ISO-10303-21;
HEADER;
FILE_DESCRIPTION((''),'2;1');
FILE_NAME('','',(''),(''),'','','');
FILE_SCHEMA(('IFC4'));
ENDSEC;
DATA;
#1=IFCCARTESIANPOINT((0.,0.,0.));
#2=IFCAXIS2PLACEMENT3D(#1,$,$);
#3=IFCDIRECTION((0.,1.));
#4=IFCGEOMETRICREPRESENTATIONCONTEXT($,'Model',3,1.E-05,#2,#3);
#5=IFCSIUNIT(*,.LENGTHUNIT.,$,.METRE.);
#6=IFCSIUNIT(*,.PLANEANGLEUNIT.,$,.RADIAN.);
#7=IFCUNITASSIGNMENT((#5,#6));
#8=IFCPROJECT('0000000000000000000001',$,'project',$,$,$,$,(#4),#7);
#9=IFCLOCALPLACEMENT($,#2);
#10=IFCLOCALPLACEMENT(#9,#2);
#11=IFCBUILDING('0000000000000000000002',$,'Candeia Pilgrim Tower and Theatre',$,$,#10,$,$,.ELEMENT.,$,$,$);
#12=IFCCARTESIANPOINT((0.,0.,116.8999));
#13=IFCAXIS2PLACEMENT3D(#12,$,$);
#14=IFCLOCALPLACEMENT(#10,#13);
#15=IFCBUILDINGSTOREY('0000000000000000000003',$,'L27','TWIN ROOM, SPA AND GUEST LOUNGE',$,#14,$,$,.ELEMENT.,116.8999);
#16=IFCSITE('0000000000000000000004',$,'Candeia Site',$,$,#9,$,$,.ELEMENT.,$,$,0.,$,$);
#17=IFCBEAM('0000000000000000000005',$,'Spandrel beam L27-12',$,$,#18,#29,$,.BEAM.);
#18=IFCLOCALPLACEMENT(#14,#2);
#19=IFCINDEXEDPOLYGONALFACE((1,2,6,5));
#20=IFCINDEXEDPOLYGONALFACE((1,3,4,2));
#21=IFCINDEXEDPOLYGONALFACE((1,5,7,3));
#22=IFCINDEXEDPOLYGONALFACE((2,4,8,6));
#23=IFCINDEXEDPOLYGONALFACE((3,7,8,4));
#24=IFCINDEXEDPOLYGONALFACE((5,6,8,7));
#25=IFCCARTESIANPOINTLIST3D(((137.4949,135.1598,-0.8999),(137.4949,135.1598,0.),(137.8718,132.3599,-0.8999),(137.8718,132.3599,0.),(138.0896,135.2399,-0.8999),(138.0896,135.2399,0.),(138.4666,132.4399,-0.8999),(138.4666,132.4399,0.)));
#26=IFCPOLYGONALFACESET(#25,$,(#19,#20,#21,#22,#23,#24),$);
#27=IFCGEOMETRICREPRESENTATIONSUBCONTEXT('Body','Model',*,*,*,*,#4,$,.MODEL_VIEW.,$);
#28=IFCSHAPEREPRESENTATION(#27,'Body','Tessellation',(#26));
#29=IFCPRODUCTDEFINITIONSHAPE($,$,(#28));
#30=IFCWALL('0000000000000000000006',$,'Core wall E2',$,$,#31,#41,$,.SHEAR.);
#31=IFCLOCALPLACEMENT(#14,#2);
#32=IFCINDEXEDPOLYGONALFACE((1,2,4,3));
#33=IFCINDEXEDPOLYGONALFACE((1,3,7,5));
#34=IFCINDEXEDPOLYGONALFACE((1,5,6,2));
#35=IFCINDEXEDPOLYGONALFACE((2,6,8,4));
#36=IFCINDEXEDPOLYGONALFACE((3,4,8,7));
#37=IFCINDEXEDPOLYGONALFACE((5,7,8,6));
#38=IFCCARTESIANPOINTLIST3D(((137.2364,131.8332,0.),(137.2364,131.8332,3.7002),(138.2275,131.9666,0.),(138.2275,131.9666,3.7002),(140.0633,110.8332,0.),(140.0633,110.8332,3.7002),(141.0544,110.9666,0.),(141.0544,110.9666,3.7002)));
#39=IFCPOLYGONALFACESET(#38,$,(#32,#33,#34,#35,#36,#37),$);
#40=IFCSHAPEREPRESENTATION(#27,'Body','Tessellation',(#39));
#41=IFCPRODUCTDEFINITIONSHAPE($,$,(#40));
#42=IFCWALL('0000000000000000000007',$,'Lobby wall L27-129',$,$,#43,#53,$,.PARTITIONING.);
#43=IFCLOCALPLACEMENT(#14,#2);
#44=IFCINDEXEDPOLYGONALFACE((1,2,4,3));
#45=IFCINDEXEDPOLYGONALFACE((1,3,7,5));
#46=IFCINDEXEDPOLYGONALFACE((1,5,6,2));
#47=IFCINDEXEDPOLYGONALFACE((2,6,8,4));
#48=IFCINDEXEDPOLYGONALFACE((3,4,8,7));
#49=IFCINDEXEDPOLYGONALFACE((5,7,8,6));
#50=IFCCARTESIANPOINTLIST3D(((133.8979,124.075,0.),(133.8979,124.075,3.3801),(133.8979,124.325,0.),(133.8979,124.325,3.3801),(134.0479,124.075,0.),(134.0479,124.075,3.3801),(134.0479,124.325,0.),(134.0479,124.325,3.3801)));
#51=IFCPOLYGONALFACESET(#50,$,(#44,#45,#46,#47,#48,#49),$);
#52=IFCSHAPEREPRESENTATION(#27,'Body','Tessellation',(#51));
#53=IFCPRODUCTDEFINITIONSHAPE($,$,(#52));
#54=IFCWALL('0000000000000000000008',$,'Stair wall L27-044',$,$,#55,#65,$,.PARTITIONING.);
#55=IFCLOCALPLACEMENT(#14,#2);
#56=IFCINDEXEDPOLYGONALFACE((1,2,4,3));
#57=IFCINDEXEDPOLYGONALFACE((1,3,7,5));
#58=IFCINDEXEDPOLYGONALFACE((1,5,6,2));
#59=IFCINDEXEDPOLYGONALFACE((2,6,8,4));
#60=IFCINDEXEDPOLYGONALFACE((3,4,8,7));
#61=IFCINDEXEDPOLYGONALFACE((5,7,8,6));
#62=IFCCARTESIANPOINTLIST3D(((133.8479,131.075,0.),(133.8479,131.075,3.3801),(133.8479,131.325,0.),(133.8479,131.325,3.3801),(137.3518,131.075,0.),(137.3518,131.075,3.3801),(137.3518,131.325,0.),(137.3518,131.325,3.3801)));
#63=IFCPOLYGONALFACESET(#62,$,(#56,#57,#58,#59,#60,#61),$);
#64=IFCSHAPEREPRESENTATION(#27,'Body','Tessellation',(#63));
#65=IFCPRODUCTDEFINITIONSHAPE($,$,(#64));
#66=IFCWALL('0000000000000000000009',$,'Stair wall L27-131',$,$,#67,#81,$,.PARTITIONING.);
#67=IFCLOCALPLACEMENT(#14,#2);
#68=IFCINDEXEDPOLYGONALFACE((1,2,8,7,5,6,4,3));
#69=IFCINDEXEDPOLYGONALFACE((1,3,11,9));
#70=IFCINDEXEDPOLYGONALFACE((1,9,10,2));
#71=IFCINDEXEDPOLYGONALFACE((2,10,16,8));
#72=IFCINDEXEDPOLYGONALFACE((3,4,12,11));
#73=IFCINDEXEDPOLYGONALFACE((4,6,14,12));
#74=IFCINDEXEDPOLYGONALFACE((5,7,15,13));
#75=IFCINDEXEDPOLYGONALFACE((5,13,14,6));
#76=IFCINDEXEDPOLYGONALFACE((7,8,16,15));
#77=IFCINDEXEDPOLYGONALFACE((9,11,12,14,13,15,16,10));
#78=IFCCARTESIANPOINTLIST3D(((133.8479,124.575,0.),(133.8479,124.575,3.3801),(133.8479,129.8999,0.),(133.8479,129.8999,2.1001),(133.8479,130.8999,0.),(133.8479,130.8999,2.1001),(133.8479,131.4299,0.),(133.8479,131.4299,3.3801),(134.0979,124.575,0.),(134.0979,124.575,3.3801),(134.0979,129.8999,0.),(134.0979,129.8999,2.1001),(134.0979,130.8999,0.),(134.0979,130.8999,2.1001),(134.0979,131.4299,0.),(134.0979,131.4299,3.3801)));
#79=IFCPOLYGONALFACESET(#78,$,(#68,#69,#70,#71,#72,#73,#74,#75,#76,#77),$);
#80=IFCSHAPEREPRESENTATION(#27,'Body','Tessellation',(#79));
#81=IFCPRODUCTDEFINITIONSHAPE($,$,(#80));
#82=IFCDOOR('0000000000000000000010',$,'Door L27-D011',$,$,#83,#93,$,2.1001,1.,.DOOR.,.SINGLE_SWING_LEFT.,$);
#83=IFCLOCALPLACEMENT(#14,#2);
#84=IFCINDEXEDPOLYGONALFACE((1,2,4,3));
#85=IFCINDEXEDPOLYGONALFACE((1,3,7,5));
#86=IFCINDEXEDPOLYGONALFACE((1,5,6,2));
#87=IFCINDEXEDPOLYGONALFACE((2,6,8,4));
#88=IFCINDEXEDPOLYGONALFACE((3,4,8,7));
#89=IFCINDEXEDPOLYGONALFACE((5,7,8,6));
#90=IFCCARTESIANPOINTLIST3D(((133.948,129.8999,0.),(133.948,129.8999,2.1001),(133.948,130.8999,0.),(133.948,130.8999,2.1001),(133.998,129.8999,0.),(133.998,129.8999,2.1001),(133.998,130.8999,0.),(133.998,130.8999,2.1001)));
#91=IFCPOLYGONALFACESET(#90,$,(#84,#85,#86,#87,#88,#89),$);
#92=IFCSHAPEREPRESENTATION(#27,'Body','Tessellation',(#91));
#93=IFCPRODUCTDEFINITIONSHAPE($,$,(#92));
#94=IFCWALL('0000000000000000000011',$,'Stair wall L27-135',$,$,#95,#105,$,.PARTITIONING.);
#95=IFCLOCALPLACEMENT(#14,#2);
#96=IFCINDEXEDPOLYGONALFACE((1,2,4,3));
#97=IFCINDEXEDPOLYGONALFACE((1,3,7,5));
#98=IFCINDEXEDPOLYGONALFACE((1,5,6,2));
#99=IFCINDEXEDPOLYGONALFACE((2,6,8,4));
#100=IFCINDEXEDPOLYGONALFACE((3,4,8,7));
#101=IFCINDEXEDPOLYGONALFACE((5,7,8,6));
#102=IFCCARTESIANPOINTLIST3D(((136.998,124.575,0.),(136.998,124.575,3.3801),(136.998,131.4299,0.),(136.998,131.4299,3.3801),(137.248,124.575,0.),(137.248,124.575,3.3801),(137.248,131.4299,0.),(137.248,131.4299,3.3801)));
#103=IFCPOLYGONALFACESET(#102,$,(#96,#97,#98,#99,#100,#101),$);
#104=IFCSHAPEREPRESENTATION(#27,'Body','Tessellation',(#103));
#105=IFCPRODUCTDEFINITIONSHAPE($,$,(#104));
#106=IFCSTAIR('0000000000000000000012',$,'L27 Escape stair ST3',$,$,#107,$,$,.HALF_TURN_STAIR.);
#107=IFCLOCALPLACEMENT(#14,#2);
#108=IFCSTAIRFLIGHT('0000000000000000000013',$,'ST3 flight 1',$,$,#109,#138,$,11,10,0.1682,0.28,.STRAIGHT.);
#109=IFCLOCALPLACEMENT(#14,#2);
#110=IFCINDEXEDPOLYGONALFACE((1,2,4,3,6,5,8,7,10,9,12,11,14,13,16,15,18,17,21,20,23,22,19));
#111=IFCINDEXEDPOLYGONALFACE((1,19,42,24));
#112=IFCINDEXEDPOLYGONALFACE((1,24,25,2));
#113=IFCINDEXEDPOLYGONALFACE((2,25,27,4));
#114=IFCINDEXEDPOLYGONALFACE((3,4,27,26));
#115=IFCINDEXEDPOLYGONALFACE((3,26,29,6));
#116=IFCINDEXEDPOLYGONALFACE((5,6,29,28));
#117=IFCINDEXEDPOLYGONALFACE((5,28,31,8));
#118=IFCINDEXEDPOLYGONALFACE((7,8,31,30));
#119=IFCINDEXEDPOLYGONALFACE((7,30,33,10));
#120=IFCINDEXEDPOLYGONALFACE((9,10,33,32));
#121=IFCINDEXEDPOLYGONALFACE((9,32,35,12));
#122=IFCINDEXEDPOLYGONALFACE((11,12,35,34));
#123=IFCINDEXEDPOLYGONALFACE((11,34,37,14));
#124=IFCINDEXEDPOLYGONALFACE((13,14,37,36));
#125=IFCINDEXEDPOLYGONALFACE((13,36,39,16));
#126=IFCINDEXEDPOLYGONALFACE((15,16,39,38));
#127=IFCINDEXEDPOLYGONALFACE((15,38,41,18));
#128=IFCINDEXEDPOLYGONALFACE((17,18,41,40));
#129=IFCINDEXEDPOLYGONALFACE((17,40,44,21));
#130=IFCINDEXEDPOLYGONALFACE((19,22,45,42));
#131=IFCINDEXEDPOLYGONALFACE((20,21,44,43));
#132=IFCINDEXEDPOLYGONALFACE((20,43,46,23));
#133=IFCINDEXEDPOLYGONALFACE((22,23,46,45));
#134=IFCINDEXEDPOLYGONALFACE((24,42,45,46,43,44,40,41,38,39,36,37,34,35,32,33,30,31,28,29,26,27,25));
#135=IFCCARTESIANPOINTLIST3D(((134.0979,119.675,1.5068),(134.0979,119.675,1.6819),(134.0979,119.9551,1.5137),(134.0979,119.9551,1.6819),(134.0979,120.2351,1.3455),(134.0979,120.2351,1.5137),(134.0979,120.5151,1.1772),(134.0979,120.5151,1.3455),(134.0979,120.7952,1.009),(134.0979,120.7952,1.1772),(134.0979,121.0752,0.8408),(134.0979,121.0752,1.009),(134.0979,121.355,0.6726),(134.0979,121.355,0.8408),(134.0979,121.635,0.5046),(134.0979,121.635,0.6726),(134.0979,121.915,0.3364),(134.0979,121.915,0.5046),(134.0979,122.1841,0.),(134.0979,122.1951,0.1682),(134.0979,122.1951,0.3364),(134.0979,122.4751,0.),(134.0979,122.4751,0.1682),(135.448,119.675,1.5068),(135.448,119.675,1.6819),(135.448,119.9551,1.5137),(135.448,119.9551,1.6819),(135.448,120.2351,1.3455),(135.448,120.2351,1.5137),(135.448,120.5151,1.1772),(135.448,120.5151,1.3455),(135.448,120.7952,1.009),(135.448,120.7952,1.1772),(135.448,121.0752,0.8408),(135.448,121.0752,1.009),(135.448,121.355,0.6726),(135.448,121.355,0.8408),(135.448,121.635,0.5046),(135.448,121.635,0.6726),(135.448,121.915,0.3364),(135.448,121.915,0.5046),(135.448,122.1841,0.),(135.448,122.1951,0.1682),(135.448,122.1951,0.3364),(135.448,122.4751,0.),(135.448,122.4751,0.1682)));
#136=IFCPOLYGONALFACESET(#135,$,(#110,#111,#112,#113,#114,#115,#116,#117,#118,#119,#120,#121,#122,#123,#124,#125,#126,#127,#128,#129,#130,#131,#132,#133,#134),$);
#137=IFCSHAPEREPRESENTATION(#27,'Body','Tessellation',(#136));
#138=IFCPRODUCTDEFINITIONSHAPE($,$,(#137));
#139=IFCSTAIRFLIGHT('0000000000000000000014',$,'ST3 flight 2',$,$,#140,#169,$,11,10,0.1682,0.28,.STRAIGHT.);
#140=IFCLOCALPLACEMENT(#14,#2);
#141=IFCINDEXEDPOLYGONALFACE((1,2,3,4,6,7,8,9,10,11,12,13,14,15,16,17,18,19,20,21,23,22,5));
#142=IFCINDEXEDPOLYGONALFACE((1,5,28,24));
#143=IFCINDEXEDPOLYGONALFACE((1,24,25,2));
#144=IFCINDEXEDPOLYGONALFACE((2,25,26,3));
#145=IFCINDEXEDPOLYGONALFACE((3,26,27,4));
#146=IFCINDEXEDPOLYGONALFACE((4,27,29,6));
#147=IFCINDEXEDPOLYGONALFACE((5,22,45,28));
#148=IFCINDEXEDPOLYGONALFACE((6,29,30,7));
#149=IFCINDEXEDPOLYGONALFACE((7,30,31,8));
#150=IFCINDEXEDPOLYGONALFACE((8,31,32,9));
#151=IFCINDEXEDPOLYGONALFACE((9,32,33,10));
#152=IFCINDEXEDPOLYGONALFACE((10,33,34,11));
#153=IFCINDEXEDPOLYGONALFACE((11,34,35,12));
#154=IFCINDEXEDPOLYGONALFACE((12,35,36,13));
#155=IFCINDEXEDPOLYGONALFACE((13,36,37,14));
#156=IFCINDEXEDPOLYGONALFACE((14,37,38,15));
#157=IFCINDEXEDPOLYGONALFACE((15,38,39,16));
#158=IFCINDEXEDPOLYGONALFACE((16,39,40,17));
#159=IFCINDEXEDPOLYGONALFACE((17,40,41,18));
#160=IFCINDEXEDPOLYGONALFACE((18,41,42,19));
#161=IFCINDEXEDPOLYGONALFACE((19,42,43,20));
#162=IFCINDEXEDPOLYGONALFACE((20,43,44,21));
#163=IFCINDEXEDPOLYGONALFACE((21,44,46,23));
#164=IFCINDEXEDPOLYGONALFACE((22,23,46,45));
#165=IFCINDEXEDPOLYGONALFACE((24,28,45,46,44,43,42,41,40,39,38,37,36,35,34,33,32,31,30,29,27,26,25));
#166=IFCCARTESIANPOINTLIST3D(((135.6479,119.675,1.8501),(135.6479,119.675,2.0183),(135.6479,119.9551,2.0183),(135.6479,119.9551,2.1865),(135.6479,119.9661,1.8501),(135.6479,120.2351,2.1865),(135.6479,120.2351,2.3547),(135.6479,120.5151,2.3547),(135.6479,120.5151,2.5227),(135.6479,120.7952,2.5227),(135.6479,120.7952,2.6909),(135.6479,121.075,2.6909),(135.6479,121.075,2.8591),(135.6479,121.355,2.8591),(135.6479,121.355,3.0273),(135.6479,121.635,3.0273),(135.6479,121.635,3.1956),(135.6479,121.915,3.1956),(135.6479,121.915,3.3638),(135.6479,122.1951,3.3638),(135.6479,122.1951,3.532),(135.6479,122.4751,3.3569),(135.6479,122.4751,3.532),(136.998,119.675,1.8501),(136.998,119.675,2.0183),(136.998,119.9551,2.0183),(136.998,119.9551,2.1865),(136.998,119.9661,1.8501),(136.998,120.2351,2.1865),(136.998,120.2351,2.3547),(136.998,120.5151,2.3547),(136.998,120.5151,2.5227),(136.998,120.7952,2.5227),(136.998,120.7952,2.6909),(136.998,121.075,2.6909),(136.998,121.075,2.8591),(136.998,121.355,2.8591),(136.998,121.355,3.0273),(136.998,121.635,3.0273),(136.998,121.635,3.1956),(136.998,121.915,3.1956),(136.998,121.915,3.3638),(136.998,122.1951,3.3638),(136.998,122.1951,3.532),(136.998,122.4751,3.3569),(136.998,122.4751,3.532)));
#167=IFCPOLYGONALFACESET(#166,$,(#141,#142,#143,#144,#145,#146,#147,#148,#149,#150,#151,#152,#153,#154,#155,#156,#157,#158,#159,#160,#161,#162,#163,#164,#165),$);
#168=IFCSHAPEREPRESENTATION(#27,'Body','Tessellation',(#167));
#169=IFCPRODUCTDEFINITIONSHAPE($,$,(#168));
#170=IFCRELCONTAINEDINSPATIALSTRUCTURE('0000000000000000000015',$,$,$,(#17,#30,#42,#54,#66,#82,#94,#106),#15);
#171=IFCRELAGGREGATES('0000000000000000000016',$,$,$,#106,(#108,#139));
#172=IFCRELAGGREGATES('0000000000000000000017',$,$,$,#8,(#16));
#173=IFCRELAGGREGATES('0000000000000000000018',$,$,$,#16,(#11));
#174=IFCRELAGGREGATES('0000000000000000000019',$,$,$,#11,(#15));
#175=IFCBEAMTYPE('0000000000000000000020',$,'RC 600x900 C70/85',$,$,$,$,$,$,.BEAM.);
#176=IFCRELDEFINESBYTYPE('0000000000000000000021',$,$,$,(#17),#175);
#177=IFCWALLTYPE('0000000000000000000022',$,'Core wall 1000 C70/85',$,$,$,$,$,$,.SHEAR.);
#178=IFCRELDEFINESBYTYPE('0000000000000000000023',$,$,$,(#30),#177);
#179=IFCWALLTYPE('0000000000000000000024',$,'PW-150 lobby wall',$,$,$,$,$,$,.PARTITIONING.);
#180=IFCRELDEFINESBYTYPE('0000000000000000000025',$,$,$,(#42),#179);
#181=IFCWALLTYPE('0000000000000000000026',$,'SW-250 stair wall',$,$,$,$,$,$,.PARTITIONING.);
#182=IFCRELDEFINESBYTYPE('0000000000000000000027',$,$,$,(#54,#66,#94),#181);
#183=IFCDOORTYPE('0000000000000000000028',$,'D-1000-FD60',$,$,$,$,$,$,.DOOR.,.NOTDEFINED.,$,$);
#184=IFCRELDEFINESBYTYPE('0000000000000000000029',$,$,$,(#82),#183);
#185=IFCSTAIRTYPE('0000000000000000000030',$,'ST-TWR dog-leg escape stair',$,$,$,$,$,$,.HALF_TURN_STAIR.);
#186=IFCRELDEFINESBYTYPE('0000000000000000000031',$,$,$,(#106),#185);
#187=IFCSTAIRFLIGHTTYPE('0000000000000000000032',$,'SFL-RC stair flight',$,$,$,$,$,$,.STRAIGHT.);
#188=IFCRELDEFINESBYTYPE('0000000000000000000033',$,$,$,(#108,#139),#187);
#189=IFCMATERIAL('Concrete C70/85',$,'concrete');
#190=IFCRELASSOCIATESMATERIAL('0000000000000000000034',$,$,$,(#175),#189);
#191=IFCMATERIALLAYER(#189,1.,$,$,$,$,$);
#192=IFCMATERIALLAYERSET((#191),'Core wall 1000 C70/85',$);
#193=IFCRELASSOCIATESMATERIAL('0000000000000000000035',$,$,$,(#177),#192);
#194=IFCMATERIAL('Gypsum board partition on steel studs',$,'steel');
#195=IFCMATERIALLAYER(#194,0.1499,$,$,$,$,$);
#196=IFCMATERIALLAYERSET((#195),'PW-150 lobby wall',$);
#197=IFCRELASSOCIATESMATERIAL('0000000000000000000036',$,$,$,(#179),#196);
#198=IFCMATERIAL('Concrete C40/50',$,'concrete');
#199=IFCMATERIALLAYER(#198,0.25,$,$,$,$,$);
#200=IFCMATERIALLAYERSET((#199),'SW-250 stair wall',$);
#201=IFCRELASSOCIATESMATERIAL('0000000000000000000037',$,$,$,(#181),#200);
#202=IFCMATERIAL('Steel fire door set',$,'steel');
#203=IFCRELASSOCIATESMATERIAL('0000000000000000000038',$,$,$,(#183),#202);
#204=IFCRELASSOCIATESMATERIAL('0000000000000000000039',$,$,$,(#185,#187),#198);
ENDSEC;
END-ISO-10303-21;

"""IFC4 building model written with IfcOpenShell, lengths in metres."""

from ifc_helpers import new_model, si_unit, direction, frame, frame_2d, origin, origin_2d, place, context, subcontext, project, spatial, polyline, rectangle, outline, extrude, material, layer, layer_set, material_profile, profile_set, type_object, element, fill, aggregate, save


model = new_model("IFC4")

# Units and contexts
model_context = context("Model", 3, precision=1e-05, world=origin(), true_north=direction((0.0, 1.0)))
body_context = subcontext(model_context, "Body", "Model", "MODEL_VIEW")
ifc_project = project(units=[si_unit("LENGTHUNIT", "METRE"), si_unit("PLANEANGLEUNIT", "RADIAN")], contexts=[model_context])

# Site, building, storey
site_placement = place(None, origin())
site = spatial("IfcSite", under=ifc_project, at=site_placement, Name="Candeia Site", CompositionType="ELEMENT", RefElevation=0.0)
building_placement = place(site_placement, origin())
building = spatial("IfcBuilding", under=site, at=building_placement, Name="Candeia Pilgrim Tower and Theatre", CompositionType="ELEMENT")
storey_placement = place(building_placement, frame((0.0, 0.0, 116.8999)))
storey = spatial("IfcBuildingStorey", under=building, at=storey_placement, Name="L27", Description="TWIN ROOM, SPA AND GUEST LOUNGE", CompositionType="ELEMENT", Elevation=116.8999)

# Beam
ifc_material_1 = material(Name="Concrete C70/85", Category="concrete")
ifc_material_profile = material_profile(ifc_material_1, rectangle(XDim=0.6001, YDim=0.8999, at=origin_2d()))
ifc_profile_set = profile_set([ifc_material_profile], Name="Concrete C70/85")
beam_type = type_object("IfcBeamType", Name="RC 600x900 C70/85", PredefinedType="BEAM", material=ifc_profile_set)
beam_placement = place(storey_placement, frame((138.1692, 132.3999, -0.45), z_axis=(-0.13342, 0.99106, 0.0), x_axis=(-0.99106, -0.13342, 0.0)))
element("IfcBeam", 1, at=beam_placement, inside=storey, type_object=beam_type, Name="Spandrel beam L27-12", PredefinedType="BEAM", context=body_context, shape_type="SweptSolid", body=[
    extrude(rectangle(XDim=0.6001, YDim=0.8999, at=origin_2d()), origin(), (0.0, 0.0, 1.0), 2.8252),
])

# Wall
ifc_layer_1 = layer(ifc_material_1, 1.0)
ifc_layer_set_1 = layer_set([ifc_layer_1], Name="Core wall 1000 C70/85")
wall_type_1 = type_object("IfcWallType", Name="Core wall 1000 C70/85", PredefinedType="SHEAR", material=ifc_layer_set_1)
wall_1_placement = place(storey_placement, frame((137.7319, 131.8999, 0.0), z_axis=(0.0, 0.0, 1.0), x_axis=(0.133411, -0.991061, 0.0)))
element("IfcWall", 2, at=wall_1_placement, inside=storey, type_object=wall_type_1, Name="Core wall E2", PredefinedType="SHEAR", context=body_context, shape_type="SweptSolid", body=[
    extrude(rectangle(XDim=21.1895, YDim=1.0, at=frame_2d((10.5947, 0.0))), origin(), (0.0, 0.0, 1.0), 3.7002),
])

# Walls
ifc_material_2 = material(Name="Gypsum board partition on steel studs", Category="steel")
ifc_layer_2 = layer(ifc_material_2, 0.1499)
ifc_layer_set_2 = layer_set([ifc_layer_2], Name="PW-150 lobby wall")
wall_type_2 = type_object("IfcWallType", Name="PW-150 lobby wall", PredefinedType="PARTITIONING", material=ifc_layer_set_2)
wall_2_placement = place(storey_placement, frame((133.9729, 124.075, 0.0), z_axis=(0.0, 0.0, 1.0), x_axis=(0.0, 1.0, 0.0)))
element("IfcWall", 3, at=wall_2_placement, inside=storey, type_object=wall_type_2, Name="Lobby wall L27-129", PredefinedType="PARTITIONING", context=body_context, shape_type="SweptSolid", body=[
    extrude(rectangle(XDim=0.25, YDim=0.1499, at=frame_2d((0.125, 0.0))), origin(), (0.0, 0.0, 1.0), 3.3801),
])
ifc_material_3 = material(Name="Concrete C40/50", Category="concrete")
ifc_layer_3 = layer(ifc_material_3, 0.25)
ifc_layer_set_3 = layer_set([ifc_layer_3], Name="SW-250 stair wall")
wall_type_3 = type_object("IfcWallType", Name="SW-250 stair wall", PredefinedType="PARTITIONING", material=ifc_layer_set_3)
wall_3_placement = place(storey_placement, frame((133.8479, 131.2, 0.0), z_axis=(0.0, 0.0, 1.0), x_axis=(1.0, 0.0, 0.0)))
element("IfcWall", 4, at=wall_3_placement, inside=storey, type_object=wall_type_3, Name="Stair wall L27-044", PredefinedType="PARTITIONING", context=body_context, shape_type="SweptSolid", body=[
    extrude(rectangle(XDim=3.5039, YDim=0.25, at=frame_2d((1.752, 0.0))), origin(), (0.0, 0.0, 1.0), 3.3801),
])

# Wall, opening, door
wall_4_placement = place(storey_placement, frame((133.9729, 124.575, 0.0), z_axis=(0.0, 0.0, 1.0), x_axis=(0.0, 1.0, 0.0)))
wall_4 = element("IfcWall", 5, at=wall_4_placement, inside=storey, type_object=wall_type_3, Name="Stair wall L27-131", PredefinedType="PARTITIONING", context=body_context, shape_type="SweptSolid", body=[
    extrude(rectangle(XDim=6.855, YDim=0.25, at=frame_2d((3.4275, 0.0))), origin(), (0.0, 0.0, 1.0), 3.3801),
])
opening_1_placement = place(wall_4_placement, frame((5.325, 0.0, 0.0)))
opening_1 = element("IfcOpeningElement", 6, at=opening_1_placement, cuts=wall_4, PredefinedType="OPENING", context=body_context, shape_type="SweptSolid", body=[
    extrude(rectangle(XDim=1.0, YDim=2.1001, at=frame_2d((0.5, 1.05))), frame((0.0, 0.135, 0.0), z_axis=(0.0, -1.0, 0.0), x_axis=(1.0, 0.0, 0.0)), (0.0, 0.0, 1.0), 0.27),
])
ifc_material_4 = material(Name="Steel fire door set", Category="steel")
door_type_1 = type_object("IfcDoorType", Name="D-1000-FD60", OperationType="NOTDEFINED", PredefinedType="DOOR", material=ifc_material_4)
door_1_placement = place(opening_1_placement, origin())
door_1 = element("IfcDoor", 7, at=door_1_placement, inside=storey, type_object=door_type_1, Name="Door L27-D011", OperationType="SINGLE_SWING_LEFT", OverallHeight=2.1001, OverallWidth=1.0, PredefinedType="DOOR", context=body_context, shape_type="SweptSolid", body=[
    extrude(rectangle(XDim=1.0, YDim=2.1001, at=frame_2d((0.5, 1.05))), frame((0.0, 0.0249, 0.0), z_axis=(0.0, -1.0, 0.0), x_axis=(1.0, 0.0, 0.0)), (0.0, 0.0, 1.0), 0.05),
])
fill(opening_1, door_1)

# Wall
wall_5_placement = place(storey_placement, frame((137.123, 124.575, 0.0), z_axis=(0.0, 0.0, 1.0), x_axis=(0.0, 1.0, 0.0)))
element("IfcWall", 8, at=wall_5_placement, inside=storey, type_object=wall_type_3, Name="Stair wall L27-135", PredefinedType="PARTITIONING", context=body_context, shape_type="SweptSolid", body=[
    extrude(rectangle(XDim=6.855, YDim=0.25, at=frame_2d((3.4275, 0.0))), origin(), (0.0, 0.0, 1.0), 3.3801),
])

# Stair, stair flights
stair_type = type_object("IfcStairType", Name="ST-TWR dog-leg escape stair", PredefinedType="HALF_TURN_STAIR", material=ifc_material_3)
stair_1_placement = place(storey_placement, origin())
stair_1 = element("IfcStair", 9, at=stair_1_placement, inside=storey, type_object=stair_type, Name="L27 Escape stair ST3", PredefinedType="HALF_TURN_STAIR")
stair_flight_type = type_object("IfcStairFlightType", Name="SFL-RC stair flight", PredefinedType="STRAIGHT", material=ifc_material_3)
stair_flight_1_placement = place(storey_placement, frame((134.7729, 122.4751, 0.0), z_axis=(0.0, 0.0, 1.0), x_axis=(0.0, -1.0, 0.0)))
stair_flight_1 = element("IfcStairFlight", 10, at=stair_flight_1_placement, type_object=stair_flight_type, Name="ST3 flight 1", NumberOfRisers=11, NumberOfTreads=10, PredefinedType="STRAIGHT", RiserHeight=0.1682, TreadLength=0.28, context=body_context, shape_type="SweptSolid", body=[
    extrude(outline(polyline([(0.0, 0.0), (0.0, 0.1682), (0.28, 0.1682), (0.28, 0.3364), (0.5601, 0.3364), (0.5601, 0.5046), (0.8401, 0.5046), (0.8401, 0.6726), (1.1201, 0.6726), (1.1201, 0.8408), (1.3999, 0.8408), (1.3999, 1.009), (1.6799, 1.009), (1.6799, 1.1772), (1.96, 1.1772), (1.96, 1.3455), (2.24, 1.3455), (2.24, 1.5137), (2.52, 1.5137), (2.52, 1.6819), (2.8, 1.6819), (2.8, 1.8501), (2.8, 1.5068), (0.291, 0.0), (0.0, 0.0)])), frame((0.0, 0.675, 0.0), z_axis=(0.0, -1.0, 0.0), x_axis=(1.0, 0.0, 0.0)), (0.0, 0.0, 1.0), 1.3501),
])
stair_flight_2_placement = place(storey_placement, frame((136.323, 119.675, 1.8501), z_axis=(0.0, 0.0, 1.0), x_axis=(0.0, 1.0, 0.0)))
stair_flight_2 = element("IfcStairFlight", 11, at=stair_flight_2_placement, type_object=stair_flight_type, Name="ST3 flight 2", NumberOfRisers=11, NumberOfTreads=10, PredefinedType="STRAIGHT", RiserHeight=0.1682, TreadLength=0.28, context=body_context, shape_type="SweptSolid", body=[
    extrude(outline(polyline([(0.0, 0.0), (0.0, 0.1682), (0.28, 0.1682), (0.28, 0.3364), (0.5601, 0.3364), (0.5601, 0.5046), (0.8401, 0.5046), (0.8401, 0.6726), (1.1201, 0.6726), (1.1201, 0.8408), (1.3999, 0.8408), (1.3999, 1.009), (1.6799, 1.009), (1.6799, 1.1772), (1.96, 1.1772), (1.96, 1.3455), (2.24, 1.3455), (2.24, 1.5137), (2.52, 1.5137), (2.52, 1.6819), (2.8, 1.6819), (2.8, 1.8501), (2.8, 1.5068), (0.291, 0.0), (0.0, 0.0)])), frame((0.0, 0.675, 0.0), z_axis=(0.0, -1.0, 0.0), x_axis=(1.0, 0.0, 0.0)), (0.0, 0.0, 1.0), 1.3501),
])
aggregate(stair_1, [stair_flight_1, stair_flight_2])

save(model, "model.ifc")
